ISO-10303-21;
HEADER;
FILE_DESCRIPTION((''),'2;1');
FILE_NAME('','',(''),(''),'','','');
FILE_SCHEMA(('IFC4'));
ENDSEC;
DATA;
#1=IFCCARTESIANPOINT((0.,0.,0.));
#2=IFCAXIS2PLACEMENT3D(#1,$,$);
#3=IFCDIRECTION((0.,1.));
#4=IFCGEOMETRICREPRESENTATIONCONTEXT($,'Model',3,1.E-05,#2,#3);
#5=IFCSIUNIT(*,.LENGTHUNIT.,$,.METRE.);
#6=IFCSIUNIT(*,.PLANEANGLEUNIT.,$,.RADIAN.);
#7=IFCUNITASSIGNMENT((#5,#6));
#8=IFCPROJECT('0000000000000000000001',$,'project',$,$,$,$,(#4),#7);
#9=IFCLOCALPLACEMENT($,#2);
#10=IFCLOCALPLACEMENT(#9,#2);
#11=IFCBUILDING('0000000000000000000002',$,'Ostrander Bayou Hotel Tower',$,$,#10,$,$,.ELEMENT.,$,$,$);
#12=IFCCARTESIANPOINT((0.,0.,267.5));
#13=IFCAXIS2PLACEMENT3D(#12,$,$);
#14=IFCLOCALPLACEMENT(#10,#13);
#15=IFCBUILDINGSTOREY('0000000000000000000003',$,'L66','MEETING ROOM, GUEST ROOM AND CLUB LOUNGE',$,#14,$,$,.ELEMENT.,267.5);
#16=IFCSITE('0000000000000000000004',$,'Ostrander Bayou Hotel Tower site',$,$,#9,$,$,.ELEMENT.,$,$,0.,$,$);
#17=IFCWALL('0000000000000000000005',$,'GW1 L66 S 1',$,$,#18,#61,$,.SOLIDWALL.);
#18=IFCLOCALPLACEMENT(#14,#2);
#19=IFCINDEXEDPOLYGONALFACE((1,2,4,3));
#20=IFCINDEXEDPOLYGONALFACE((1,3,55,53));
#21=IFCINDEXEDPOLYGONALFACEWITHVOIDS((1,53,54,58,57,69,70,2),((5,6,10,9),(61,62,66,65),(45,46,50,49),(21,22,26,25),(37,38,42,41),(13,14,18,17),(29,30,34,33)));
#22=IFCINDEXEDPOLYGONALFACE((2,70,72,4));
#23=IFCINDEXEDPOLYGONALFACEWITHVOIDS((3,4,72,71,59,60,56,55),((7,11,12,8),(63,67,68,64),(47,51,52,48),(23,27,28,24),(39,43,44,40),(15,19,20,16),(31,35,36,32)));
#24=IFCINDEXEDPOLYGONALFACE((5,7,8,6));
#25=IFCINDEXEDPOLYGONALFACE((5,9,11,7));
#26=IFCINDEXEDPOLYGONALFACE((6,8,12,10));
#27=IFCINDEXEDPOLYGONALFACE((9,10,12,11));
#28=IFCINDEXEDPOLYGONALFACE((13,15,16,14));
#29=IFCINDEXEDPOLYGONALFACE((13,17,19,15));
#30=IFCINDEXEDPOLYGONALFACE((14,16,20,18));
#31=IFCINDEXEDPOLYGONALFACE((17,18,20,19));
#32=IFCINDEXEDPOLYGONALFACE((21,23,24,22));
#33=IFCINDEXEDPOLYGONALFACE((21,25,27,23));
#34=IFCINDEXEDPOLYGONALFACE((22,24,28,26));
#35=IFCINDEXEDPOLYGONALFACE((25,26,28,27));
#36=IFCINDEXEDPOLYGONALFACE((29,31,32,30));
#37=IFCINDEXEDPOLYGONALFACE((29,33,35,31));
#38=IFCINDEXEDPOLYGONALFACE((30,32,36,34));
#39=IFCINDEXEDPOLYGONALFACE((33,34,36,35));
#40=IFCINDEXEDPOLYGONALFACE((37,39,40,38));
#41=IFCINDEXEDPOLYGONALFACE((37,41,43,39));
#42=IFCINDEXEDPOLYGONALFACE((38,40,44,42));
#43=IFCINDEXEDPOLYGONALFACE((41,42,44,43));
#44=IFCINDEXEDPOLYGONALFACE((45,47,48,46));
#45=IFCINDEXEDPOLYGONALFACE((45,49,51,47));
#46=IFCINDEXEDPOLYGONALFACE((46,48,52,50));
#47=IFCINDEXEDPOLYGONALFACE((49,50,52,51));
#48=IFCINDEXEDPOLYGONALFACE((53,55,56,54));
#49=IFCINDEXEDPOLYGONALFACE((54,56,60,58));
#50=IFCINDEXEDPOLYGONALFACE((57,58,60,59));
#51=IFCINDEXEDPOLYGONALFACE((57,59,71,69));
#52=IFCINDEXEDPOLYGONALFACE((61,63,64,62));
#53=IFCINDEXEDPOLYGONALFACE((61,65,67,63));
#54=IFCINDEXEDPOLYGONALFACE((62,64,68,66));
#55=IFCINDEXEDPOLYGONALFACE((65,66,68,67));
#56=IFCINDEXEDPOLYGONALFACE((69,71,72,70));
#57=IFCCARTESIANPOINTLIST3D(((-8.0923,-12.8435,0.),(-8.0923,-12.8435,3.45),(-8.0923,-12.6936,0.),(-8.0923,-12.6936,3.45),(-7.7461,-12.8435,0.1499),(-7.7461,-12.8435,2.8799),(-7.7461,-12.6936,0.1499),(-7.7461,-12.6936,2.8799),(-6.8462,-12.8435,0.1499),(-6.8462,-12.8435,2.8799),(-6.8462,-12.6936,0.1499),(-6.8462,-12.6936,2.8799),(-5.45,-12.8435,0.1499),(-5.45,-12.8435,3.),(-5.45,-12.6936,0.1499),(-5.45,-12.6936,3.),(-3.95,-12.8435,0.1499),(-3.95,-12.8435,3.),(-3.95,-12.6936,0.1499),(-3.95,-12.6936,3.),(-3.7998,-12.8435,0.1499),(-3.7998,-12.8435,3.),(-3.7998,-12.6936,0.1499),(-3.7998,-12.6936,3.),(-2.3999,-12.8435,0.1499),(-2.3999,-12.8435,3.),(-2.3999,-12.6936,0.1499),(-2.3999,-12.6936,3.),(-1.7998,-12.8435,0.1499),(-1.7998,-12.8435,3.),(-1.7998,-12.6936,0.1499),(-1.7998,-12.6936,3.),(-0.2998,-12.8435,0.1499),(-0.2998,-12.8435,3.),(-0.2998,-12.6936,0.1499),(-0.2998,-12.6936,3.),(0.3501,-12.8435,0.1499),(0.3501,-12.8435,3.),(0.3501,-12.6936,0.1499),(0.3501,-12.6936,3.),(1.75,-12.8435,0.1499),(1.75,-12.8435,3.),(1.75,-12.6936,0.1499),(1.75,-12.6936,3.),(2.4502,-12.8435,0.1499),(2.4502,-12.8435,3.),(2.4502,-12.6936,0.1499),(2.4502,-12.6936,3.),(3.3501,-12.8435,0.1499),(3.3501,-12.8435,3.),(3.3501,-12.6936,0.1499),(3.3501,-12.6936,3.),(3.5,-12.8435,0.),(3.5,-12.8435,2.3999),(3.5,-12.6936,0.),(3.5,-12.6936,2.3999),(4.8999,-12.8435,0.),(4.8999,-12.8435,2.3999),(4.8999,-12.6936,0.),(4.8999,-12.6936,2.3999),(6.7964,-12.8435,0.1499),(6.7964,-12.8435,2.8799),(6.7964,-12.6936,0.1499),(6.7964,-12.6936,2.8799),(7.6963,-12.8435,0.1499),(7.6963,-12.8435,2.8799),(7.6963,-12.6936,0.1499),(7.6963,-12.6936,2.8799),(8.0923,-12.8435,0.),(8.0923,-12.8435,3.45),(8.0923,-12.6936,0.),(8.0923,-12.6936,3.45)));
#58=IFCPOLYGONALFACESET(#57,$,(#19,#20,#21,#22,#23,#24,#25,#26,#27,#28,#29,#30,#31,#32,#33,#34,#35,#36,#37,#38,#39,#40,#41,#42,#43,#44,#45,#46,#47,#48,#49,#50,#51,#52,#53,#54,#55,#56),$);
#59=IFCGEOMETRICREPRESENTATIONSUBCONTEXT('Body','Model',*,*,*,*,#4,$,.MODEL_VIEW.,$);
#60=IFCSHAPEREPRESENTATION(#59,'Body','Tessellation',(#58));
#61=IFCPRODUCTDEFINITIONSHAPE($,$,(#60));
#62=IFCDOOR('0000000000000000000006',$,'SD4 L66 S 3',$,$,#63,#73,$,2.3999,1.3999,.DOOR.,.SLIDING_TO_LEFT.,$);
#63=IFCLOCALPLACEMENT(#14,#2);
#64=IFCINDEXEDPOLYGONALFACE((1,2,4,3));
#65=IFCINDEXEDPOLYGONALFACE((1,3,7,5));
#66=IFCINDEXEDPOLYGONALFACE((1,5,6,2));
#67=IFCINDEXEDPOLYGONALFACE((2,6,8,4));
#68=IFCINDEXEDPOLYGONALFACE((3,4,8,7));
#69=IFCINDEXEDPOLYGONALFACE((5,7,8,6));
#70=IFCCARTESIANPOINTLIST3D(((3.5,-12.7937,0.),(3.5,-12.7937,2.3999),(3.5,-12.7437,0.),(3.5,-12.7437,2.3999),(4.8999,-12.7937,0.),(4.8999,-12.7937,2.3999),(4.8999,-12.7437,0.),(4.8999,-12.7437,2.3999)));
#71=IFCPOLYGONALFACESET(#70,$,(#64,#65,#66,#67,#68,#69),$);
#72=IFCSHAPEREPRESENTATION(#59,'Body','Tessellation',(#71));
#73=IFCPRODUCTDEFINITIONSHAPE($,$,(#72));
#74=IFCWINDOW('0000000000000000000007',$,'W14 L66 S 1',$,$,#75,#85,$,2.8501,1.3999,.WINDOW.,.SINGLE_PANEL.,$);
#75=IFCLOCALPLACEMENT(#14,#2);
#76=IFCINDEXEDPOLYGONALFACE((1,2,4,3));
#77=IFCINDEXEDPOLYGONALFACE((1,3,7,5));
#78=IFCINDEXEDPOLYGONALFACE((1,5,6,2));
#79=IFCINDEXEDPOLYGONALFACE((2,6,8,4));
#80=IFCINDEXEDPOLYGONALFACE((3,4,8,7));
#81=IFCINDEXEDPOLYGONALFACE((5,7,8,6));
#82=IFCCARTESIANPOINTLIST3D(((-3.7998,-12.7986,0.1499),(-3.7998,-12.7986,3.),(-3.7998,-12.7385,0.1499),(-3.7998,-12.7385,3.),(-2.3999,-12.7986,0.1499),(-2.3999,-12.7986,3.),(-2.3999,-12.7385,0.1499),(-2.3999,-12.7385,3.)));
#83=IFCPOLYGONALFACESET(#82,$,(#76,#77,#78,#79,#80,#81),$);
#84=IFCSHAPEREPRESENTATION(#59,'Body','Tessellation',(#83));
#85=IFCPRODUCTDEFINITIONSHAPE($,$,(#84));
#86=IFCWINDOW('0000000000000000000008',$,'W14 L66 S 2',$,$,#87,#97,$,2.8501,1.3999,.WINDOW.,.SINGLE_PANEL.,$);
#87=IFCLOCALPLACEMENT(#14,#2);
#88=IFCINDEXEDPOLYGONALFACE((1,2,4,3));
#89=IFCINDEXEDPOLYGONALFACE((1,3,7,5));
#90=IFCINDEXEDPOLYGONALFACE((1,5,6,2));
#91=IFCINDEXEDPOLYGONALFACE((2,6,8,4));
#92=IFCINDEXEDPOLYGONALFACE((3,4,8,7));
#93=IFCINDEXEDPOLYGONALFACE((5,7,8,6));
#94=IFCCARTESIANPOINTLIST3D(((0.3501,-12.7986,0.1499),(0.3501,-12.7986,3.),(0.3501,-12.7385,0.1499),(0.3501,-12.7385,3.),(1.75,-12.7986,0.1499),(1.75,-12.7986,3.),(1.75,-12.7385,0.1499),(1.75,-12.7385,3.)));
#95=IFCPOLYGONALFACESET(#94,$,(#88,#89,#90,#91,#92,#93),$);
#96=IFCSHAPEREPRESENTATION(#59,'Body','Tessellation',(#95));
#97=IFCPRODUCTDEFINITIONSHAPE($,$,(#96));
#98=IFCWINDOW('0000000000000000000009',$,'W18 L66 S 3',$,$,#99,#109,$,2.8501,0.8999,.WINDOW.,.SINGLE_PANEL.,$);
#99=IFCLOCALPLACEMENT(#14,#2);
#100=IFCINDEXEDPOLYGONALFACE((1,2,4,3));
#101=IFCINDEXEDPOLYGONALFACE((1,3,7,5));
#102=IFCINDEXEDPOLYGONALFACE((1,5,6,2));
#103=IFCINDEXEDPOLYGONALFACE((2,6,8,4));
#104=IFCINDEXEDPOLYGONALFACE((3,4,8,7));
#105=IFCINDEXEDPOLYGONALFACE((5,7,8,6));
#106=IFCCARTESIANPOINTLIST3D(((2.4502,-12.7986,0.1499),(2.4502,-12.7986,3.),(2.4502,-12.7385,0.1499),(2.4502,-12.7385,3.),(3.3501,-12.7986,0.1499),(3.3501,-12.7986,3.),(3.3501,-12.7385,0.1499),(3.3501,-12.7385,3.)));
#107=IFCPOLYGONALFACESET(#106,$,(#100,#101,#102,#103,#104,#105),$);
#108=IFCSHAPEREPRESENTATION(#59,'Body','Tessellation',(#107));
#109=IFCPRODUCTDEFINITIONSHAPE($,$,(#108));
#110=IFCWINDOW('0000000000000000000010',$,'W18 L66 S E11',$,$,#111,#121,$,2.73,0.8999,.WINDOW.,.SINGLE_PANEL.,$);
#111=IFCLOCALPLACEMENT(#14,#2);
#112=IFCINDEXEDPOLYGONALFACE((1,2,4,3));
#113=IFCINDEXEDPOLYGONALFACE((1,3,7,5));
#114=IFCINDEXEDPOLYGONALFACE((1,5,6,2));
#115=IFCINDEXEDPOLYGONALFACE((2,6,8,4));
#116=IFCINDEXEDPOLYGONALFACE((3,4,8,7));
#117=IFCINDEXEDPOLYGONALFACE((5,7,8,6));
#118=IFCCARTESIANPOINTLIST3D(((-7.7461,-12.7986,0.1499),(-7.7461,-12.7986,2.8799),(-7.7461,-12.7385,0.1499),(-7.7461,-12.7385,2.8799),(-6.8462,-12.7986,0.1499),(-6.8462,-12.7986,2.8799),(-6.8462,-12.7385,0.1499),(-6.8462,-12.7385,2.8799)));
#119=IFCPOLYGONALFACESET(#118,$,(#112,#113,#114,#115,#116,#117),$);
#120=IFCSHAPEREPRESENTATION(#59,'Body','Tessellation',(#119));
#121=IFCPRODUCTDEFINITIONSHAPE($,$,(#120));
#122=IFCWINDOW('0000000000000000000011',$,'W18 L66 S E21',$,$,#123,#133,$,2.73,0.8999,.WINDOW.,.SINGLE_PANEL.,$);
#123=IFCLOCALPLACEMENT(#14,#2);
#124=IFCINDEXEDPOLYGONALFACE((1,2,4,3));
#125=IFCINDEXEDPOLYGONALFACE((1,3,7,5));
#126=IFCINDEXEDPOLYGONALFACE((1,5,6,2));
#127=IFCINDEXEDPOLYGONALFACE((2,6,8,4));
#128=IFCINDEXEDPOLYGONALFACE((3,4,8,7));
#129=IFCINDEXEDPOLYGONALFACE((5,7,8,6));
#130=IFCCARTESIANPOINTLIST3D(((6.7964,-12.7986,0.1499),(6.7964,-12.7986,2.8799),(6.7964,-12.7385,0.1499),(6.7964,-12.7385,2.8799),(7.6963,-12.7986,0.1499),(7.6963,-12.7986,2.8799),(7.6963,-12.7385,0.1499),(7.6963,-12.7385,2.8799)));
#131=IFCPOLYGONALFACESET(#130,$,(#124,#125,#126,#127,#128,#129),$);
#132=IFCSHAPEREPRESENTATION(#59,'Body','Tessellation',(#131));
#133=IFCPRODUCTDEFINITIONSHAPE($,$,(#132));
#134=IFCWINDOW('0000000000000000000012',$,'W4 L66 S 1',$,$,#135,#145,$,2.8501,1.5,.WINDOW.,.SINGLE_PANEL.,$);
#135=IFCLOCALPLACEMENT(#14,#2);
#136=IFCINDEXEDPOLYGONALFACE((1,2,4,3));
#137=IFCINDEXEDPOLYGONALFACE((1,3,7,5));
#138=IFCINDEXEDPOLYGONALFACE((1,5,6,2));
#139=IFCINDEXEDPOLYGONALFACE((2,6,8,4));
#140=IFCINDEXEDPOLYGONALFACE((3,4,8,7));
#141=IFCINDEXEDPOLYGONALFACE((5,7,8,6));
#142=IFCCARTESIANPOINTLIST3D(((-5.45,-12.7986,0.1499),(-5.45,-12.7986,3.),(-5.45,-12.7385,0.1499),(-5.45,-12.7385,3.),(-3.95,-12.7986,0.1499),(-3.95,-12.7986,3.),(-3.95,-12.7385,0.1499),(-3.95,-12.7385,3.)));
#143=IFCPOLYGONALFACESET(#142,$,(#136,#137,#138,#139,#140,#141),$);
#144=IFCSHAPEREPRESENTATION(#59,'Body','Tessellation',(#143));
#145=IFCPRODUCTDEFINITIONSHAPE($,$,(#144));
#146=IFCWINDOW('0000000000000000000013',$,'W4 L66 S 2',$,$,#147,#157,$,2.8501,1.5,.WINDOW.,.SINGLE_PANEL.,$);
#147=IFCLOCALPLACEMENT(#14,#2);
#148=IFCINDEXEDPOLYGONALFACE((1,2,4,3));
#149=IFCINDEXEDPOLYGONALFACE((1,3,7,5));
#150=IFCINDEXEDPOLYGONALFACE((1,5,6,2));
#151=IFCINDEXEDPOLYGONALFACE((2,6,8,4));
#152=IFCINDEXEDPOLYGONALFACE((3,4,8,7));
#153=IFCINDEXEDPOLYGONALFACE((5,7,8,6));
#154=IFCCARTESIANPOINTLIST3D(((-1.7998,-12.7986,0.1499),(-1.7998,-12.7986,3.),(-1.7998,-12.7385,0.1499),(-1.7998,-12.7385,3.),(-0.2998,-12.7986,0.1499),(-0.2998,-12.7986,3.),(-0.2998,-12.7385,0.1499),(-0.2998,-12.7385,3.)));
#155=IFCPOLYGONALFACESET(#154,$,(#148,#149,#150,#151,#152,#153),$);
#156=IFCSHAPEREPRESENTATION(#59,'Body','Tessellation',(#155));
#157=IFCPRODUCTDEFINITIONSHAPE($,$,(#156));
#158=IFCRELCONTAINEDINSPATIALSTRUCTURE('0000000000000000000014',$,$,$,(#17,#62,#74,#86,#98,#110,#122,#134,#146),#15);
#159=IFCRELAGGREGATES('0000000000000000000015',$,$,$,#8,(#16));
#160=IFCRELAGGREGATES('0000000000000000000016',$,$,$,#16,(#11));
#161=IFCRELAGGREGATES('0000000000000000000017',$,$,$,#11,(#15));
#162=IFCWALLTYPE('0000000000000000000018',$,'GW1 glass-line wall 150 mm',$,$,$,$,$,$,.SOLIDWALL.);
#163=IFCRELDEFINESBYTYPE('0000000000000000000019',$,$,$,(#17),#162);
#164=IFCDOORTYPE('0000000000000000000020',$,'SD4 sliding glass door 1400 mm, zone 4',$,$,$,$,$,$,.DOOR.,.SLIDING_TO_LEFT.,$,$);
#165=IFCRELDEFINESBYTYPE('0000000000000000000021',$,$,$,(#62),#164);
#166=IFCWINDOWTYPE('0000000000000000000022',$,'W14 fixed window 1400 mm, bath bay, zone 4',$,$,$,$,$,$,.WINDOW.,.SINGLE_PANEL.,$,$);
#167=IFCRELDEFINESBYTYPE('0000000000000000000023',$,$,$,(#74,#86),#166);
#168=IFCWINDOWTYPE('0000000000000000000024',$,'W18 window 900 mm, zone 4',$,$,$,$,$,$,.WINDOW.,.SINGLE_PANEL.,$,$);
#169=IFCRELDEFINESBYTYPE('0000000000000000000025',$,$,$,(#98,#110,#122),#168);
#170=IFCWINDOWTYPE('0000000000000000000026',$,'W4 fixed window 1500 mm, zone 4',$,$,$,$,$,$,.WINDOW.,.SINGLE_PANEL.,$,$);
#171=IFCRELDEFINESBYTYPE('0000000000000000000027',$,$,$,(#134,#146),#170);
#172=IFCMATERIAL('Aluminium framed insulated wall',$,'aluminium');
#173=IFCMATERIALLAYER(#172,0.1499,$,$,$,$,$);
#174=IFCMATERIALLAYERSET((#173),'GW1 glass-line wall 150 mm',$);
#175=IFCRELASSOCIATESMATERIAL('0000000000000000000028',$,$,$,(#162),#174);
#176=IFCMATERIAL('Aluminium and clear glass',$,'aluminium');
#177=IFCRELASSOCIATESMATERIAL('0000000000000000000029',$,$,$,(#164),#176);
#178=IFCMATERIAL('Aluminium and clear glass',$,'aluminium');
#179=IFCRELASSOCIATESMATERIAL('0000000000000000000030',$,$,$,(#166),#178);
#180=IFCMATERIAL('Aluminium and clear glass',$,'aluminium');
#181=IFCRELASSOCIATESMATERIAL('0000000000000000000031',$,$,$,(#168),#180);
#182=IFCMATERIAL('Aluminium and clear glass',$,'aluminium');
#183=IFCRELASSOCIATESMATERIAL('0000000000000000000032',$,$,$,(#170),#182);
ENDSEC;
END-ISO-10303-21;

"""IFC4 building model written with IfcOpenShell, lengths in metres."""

from ifc_helpers import new_model, si_unit, direction, frame, frame_2d, origin, place, context, subcontext, project, spatial, rectangle, extrude, material, layer, layer_set, type_object, element, fill, save


model = new_model("IFC4")

# Units and contexts
model_context = context("Model", 3, precision=1e-05, world=origin(), true_north=direction((0.0, 1.0)))
body_context = subcontext(model_context, "Body", "Model", "MODEL_VIEW")
ifc_project = project(units=[si_unit("LENGTHUNIT", "METRE"), si_unit("PLANEANGLEUNIT", "RADIAN")], contexts=[model_context])

# Site, building, storey
site_placement = place(None, origin())
site = spatial("IfcSite", under=ifc_project, at=site_placement, Name="Ostrander Bayou Hotel Tower site", CompositionType="ELEMENT", RefElevation=0.0)
building_placement = place(site_placement, origin())
building = spatial("IfcBuilding", under=site, at=building_placement, Name="Ostrander Bayou Hotel Tower", CompositionType="ELEMENT")
storey_placement = place(building_placement, frame((0.0, 0.0, 267.5)))
storey = spatial("IfcBuildingStorey", under=building, at=storey_placement, Name="L66", Description="MEETING ROOM, GUEST ROOM AND CLUB LOUNGE", CompositionType="ELEMENT", Elevation=267.5)

# Wall, openings, door, windows
ifc_material_1 = material(Name="Aluminium framed insulated wall", Category="aluminium")
ifc_layer_1 = layer(ifc_material_1, 0.1499)
ifc_layer_set_1 = layer_set([ifc_layer_1], Name="GW1 glass-line wall 150 mm")
wall_type_1 = type_object("IfcWallType", Name="GW1 glass-line wall 150 mm", PredefinedType="SOLIDWALL", material=ifc_layer_set_1)
wall_1_placement = place(storey_placement, frame((-8.0923, -12.7686, 0.0), z_axis=(0.0, 0.0, 1.0), x_axis=(1.0, 0.0, 0.0)))
wall_1 = element("IfcWall", 1, at=wall_1_placement, inside=storey, type_object=wall_type_1, Name="GW1 L66 S 1", PredefinedType="SOLIDWALL", context=body_context, shape_type="SweptSolid", body=[
    extrude(rectangle(XDim=16.1846, YDim=0.1499, at=frame_2d((8.0923, 0.0))), origin(), (0.0, 0.0, 1.0), 3.45),
])
opening_1_placement = place(wall_1_placement, frame((2.6423, 0.0, 0.1499)))
opening_1 = element("IfcOpeningElement", 2, at=opening_1_placement, cuts=wall_1, PredefinedType="OPENING", context=body_context, shape_type="SweptSolid", body=[
    extrude(rectangle(XDim=1.5, YDim=2.8501, at=frame_2d((0.75, 1.425))), frame((0.0, 0.075, 0.0), z_axis=(0.0, -1.0, 0.0), x_axis=(1.0, 0.0, 0.0)), (0.0, 0.0, 1.0), 0.1499),
])
opening_2_placement = place(wall_1_placement, frame((4.2925, 0.0, 0.1499)))
opening_2 = element("IfcOpeningElement", 3, at=opening_2_placement, cuts=wall_1, PredefinedType="OPENING", context=body_context, shape_type="SweptSolid", body=[
    extrude(rectangle(XDim=1.3999, YDim=2.8501, at=frame_2d((0.7, 1.425))), frame((0.0, 0.075, 0.0), z_axis=(0.0, -1.0, 0.0), x_axis=(1.0, 0.0, 0.0)), (0.0, 0.0, 1.0), 0.1499),
])
opening_3_placement = place(wall_1_placement, frame((6.2925, 0.0, 0.1499)))
opening_3 = element("IfcOpeningElement", 4, at=opening_3_placement, cuts=wall_1, PredefinedType="OPENING", context=body_context, shape_type="SweptSolid", body=[
    extrude(rectangle(XDim=1.5, YDim=2.8501, at=frame_2d((0.75, 1.425))), frame((0.0, 0.075, 0.0), z_axis=(0.0, -1.0, 0.0), x_axis=(1.0, 0.0, 0.0)), (0.0, 0.0, 1.0), 0.1499),
])
opening_4_placement = place(wall_1_placement, frame((8.4424, 0.0, 0.1499)))
opening_4 = element("IfcOpeningElement", 5, at=opening_4_placement, cuts=wall_1, PredefinedType="OPENING", context=body_context, shape_type="SweptSolid", body=[
    extrude(rectangle(XDim=1.3999, YDim=2.8501, at=frame_2d((0.7, 1.425))), frame((0.0, 0.075, 0.0), z_axis=(0.0, -1.0, 0.0), x_axis=(1.0, 0.0, 0.0)), (0.0, 0.0, 1.0), 0.1499),
])
opening_5_placement = place(wall_1_placement, frame((10.5425, 0.0, 0.1499)))
opening_5 = element("IfcOpeningElement", 6, at=opening_5_placement, cuts=wall_1, PredefinedType="OPENING", context=body_context, shape_type="SweptSolid", body=[
    extrude(rectangle(XDim=0.8999, YDim=2.8501, at=frame_2d((0.45, 1.425))), frame((0.0, 0.075, 0.0), z_axis=(0.0, -1.0, 0.0), x_axis=(1.0, 0.0, 0.0)), (0.0, 0.0, 1.0), 0.1499),
])
opening_6_placement = place(wall_1_placement, frame((11.5923, 0.0, 0.0)))
opening_6 = element("IfcOpeningElement", 7, at=opening_6_placement, cuts=wall_1, PredefinedType="OPENING", context=body_context, shape_type="SweptSolid", body=[
    extrude(rectangle(XDim=1.3999, YDim=2.3999, at=frame_2d((0.7, 1.2))), frame((0.0, 0.075, 0.0), z_axis=(0.0, -1.0, 0.0), x_axis=(1.0, 0.0, 0.0)), (0.0, 0.0, 1.0), 0.1499),
])
opening_7_placement = place(wall_1_placement, frame((0.3462, 0.0, 0.1499)))
opening_7 = element("IfcOpeningElement", 8, at=opening_7_placement, cuts=wall_1, PredefinedType="OPENING", context=body_context, shape_type="SweptSolid", body=[
    extrude(rectangle(XDim=0.8999, YDim=2.73, at=frame_2d((0.45, 1.365))), frame((0.0, 0.075, 0.0), z_axis=(0.0, -1.0, 0.0), x_axis=(1.0, 0.0, 0.0)), (0.0, 0.0, 1.0), 0.1499),
])
opening_8_placement = place(wall_1_placement, frame((14.8887, 0.0, 0.1499)))
opening_8 = element("IfcOpeningElement", 9, at=opening_8_placement, cuts=wall_1, PredefinedType="OPENING", context=body_context, shape_type="SweptSolid", body=[
    extrude(rectangle(XDim=0.8999, YDim=2.73, at=frame_2d((0.45, 1.365))), frame((0.0, 0.075, 0.0), z_axis=(0.0, -1.0, 0.0), x_axis=(1.0, 0.0, 0.0)), (0.0, 0.0, 1.0), 0.1499),
])
ifc_material_2 = material(Name="Aluminium and clear glass", Category="aluminium")
door_type_1 = type_object("IfcDoorType", Name="SD4 sliding glass door 1400 mm, zone 4", OperationType="SLIDING_TO_LEFT", PredefinedType="DOOR", material=ifc_material_2)
door_1_placement = place(opening_6_placement, origin())
door_1 = element("IfcDoor", 10, at=door_1_placement, inside=storey, type_object=door_type_1, Name="SD4 L66 S 3", OperationType="SLIDING_TO_LEFT", OverallHeight=2.3999, OverallWidth=1.3999, PredefinedType="DOOR", context=body_context, shape_type="SweptSolid", body=[
    extrude(rectangle(XDim=1.3999, YDim=2.3999, at=frame_2d((0.7, 1.2))), frame((0.0, 0.0249, 0.0), z_axis=(0.0, -1.0, 0.0), x_axis=(1.0, 0.0, 0.0)), (0.0, 0.0, 1.0), 0.05),
])
fill(opening_6, door_1)
ifc_material_3 = material(Name="Aluminium and clear glass", Category="aluminium")
window_type_1 = type_object("IfcWindowType", Name="W14 fixed window 1400 mm, bath bay, zone 4", PartitioningType="SINGLE_PANEL", PredefinedType="WINDOW", material=ifc_material_3)
window_1_placement = place(opening_2_placement, origin())
window_1 = element("IfcWindow", 11, at=window_1_placement, inside=storey, type_object=window_type_1, Name="W14 L66 S 1", OverallHeight=2.8501, OverallWidth=1.3999, PartitioningType="SINGLE_PANEL", PredefinedType="WINDOW", context=body_context, shape_type="SweptSolid", body=[
    extrude(rectangle(XDim=1.3999, YDim=2.8501, at=frame_2d((0.7, 1.425))), frame((0.0, 0.03, 0.0), z_axis=(0.0, -1.0, 0.0), x_axis=(1.0, 0.0, 0.0)), (0.0, 0.0, 1.0), 0.0601),
])
fill(opening_2, window_1)
window_2_placement = place(opening_4_placement, origin())
window_2 = element("IfcWindow", 12, at=window_2_placement, inside=storey, type_object=window_type_1, Name="W14 L66 S 2", OverallHeight=2.8501, OverallWidth=1.3999, PartitioningType="SINGLE_PANEL", PredefinedType="WINDOW", context=body_context, shape_type="SweptSolid", body=[
    extrude(rectangle(XDim=1.3999, YDim=2.8501, at=frame_2d((0.7, 1.425))), frame((0.0, 0.03, 0.0), z_axis=(0.0, -1.0, 0.0), x_axis=(1.0, 0.0, 0.0)), (0.0, 0.0, 1.0), 0.0601),
])
fill(opening_4, window_2)
ifc_material_4 = material(Name="Aluminium and clear glass", Category="aluminium")
window_type_2 = type_object("IfcWindowType", Name="W18 window 900 mm, zone 4", PartitioningType="SINGLE_PANEL", PredefinedType="WINDOW", material=ifc_material_4)
window_3_placement = place(opening_5_placement, origin())
window_3 = element("IfcWindow", 13, at=window_3_placement, inside=storey, type_object=window_type_2, Name="W18 L66 S 3", OverallHeight=2.8501, OverallWidth=0.8999, PartitioningType="SINGLE_PANEL", PredefinedType="WINDOW", context=body_context, shape_type="SweptSolid", body=[
    extrude(rectangle(XDim=0.8999, YDim=2.8501, at=frame_2d((0.45, 1.425))), frame((0.0, 0.03, 0.0), z_axis=(0.0, -1.0, 0.0), x_axis=(1.0, 0.0, 0.0)), (0.0, 0.0, 1.0), 0.0601),
])
fill(opening_5, window_3)
window_4_placement = place(opening_7_placement, origin())
window_4 = element("IfcWindow", 14, at=window_4_placement, inside=storey, type_object=window_type_2, Name="W18 L66 S E11", OverallHeight=2.73, OverallWidth=0.8999, PartitioningType="SINGLE_PANEL", PredefinedType="WINDOW", context=body_context, shape_type="SweptSolid", body=[
    extrude(rectangle(XDim=0.8999, YDim=2.73, at=frame_2d((0.45, 1.365))), frame((0.0, 0.03, 0.0), z_axis=(0.0, -1.0, 0.0), x_axis=(1.0, 0.0, 0.0)), (0.0, 0.0, 1.0), 0.0601),
])
fill(opening_7, window_4)
window_5_placement = place(opening_8_placement, origin())
window_5 = element("IfcWindow", 15, at=window_5_placement, inside=storey, type_object=window_type_2, Name="W18 L66 S E21", OverallHeight=2.73, OverallWidth=0.8999, PartitioningType="SINGLE_PANEL", PredefinedType="WINDOW", context=body_context, shape_type="SweptSolid", body=[
    extrude(rectangle(XDim=0.8999, YDim=2.73, at=frame_2d((0.45, 1.365))), frame((0.0, 0.03, 0.0), z_axis=(0.0, -1.0, 0.0), x_axis=(1.0, 0.0, 0.0)), (0.0, 0.0, 1.0), 0.0601),
])
fill(opening_8, window_5)
ifc_material_5 = material(Name="Aluminium and clear glass", Category="aluminium")
window_type_3 = type_object("IfcWindowType", Name="W4 fixed window 1500 mm, zone 4", PartitioningType="SINGLE_PANEL", PredefinedType="WINDOW", material=ifc_material_5)
window_6_placement = place(opening_1_placement, origin())
window_6 = element("IfcWindow", 16, at=window_6_placement, inside=storey, type_object=window_type_3, Name="W4 L66 S 1", OverallHeight=2.8501, OverallWidth=1.5, PartitioningType="SINGLE_PANEL", PredefinedType="WINDOW", context=body_context, shape_type="SweptSolid", body=[
    extrude(rectangle(XDim=1.5, YDim=2.8501, at=frame_2d((0.75, 1.425))), frame((0.0, 0.03, 0.0), z_axis=(0.0, -1.0, 0.0), x_axis=(1.0, 0.0, 0.0)), (0.0, 0.0, 1.0), 0.0601),
])
fill(opening_1, window_6)
window_7_placement = place(opening_3_placement, origin())
window_7 = element("IfcWindow", 17, at=window_7_placement, inside=storey, type_object=window_type_3, Name="W4 L66 S 2", OverallHeight=2.8501, OverallWidth=1.5, PartitioningType="SINGLE_PANEL", PredefinedType="WINDOW", context=body_context, shape_type="SweptSolid", body=[
    extrude(rectangle(XDim=1.5, YDim=2.8501, at=frame_2d((0.75, 1.425))), frame((0.0, 0.03, 0.0), z_axis=(0.0, -1.0, 0.0), x_axis=(1.0, 0.0, 0.0)), (0.0, 0.0, 1.0), 0.0601),
])
fill(opening_3, window_7)

save(model, "model.ifc")
